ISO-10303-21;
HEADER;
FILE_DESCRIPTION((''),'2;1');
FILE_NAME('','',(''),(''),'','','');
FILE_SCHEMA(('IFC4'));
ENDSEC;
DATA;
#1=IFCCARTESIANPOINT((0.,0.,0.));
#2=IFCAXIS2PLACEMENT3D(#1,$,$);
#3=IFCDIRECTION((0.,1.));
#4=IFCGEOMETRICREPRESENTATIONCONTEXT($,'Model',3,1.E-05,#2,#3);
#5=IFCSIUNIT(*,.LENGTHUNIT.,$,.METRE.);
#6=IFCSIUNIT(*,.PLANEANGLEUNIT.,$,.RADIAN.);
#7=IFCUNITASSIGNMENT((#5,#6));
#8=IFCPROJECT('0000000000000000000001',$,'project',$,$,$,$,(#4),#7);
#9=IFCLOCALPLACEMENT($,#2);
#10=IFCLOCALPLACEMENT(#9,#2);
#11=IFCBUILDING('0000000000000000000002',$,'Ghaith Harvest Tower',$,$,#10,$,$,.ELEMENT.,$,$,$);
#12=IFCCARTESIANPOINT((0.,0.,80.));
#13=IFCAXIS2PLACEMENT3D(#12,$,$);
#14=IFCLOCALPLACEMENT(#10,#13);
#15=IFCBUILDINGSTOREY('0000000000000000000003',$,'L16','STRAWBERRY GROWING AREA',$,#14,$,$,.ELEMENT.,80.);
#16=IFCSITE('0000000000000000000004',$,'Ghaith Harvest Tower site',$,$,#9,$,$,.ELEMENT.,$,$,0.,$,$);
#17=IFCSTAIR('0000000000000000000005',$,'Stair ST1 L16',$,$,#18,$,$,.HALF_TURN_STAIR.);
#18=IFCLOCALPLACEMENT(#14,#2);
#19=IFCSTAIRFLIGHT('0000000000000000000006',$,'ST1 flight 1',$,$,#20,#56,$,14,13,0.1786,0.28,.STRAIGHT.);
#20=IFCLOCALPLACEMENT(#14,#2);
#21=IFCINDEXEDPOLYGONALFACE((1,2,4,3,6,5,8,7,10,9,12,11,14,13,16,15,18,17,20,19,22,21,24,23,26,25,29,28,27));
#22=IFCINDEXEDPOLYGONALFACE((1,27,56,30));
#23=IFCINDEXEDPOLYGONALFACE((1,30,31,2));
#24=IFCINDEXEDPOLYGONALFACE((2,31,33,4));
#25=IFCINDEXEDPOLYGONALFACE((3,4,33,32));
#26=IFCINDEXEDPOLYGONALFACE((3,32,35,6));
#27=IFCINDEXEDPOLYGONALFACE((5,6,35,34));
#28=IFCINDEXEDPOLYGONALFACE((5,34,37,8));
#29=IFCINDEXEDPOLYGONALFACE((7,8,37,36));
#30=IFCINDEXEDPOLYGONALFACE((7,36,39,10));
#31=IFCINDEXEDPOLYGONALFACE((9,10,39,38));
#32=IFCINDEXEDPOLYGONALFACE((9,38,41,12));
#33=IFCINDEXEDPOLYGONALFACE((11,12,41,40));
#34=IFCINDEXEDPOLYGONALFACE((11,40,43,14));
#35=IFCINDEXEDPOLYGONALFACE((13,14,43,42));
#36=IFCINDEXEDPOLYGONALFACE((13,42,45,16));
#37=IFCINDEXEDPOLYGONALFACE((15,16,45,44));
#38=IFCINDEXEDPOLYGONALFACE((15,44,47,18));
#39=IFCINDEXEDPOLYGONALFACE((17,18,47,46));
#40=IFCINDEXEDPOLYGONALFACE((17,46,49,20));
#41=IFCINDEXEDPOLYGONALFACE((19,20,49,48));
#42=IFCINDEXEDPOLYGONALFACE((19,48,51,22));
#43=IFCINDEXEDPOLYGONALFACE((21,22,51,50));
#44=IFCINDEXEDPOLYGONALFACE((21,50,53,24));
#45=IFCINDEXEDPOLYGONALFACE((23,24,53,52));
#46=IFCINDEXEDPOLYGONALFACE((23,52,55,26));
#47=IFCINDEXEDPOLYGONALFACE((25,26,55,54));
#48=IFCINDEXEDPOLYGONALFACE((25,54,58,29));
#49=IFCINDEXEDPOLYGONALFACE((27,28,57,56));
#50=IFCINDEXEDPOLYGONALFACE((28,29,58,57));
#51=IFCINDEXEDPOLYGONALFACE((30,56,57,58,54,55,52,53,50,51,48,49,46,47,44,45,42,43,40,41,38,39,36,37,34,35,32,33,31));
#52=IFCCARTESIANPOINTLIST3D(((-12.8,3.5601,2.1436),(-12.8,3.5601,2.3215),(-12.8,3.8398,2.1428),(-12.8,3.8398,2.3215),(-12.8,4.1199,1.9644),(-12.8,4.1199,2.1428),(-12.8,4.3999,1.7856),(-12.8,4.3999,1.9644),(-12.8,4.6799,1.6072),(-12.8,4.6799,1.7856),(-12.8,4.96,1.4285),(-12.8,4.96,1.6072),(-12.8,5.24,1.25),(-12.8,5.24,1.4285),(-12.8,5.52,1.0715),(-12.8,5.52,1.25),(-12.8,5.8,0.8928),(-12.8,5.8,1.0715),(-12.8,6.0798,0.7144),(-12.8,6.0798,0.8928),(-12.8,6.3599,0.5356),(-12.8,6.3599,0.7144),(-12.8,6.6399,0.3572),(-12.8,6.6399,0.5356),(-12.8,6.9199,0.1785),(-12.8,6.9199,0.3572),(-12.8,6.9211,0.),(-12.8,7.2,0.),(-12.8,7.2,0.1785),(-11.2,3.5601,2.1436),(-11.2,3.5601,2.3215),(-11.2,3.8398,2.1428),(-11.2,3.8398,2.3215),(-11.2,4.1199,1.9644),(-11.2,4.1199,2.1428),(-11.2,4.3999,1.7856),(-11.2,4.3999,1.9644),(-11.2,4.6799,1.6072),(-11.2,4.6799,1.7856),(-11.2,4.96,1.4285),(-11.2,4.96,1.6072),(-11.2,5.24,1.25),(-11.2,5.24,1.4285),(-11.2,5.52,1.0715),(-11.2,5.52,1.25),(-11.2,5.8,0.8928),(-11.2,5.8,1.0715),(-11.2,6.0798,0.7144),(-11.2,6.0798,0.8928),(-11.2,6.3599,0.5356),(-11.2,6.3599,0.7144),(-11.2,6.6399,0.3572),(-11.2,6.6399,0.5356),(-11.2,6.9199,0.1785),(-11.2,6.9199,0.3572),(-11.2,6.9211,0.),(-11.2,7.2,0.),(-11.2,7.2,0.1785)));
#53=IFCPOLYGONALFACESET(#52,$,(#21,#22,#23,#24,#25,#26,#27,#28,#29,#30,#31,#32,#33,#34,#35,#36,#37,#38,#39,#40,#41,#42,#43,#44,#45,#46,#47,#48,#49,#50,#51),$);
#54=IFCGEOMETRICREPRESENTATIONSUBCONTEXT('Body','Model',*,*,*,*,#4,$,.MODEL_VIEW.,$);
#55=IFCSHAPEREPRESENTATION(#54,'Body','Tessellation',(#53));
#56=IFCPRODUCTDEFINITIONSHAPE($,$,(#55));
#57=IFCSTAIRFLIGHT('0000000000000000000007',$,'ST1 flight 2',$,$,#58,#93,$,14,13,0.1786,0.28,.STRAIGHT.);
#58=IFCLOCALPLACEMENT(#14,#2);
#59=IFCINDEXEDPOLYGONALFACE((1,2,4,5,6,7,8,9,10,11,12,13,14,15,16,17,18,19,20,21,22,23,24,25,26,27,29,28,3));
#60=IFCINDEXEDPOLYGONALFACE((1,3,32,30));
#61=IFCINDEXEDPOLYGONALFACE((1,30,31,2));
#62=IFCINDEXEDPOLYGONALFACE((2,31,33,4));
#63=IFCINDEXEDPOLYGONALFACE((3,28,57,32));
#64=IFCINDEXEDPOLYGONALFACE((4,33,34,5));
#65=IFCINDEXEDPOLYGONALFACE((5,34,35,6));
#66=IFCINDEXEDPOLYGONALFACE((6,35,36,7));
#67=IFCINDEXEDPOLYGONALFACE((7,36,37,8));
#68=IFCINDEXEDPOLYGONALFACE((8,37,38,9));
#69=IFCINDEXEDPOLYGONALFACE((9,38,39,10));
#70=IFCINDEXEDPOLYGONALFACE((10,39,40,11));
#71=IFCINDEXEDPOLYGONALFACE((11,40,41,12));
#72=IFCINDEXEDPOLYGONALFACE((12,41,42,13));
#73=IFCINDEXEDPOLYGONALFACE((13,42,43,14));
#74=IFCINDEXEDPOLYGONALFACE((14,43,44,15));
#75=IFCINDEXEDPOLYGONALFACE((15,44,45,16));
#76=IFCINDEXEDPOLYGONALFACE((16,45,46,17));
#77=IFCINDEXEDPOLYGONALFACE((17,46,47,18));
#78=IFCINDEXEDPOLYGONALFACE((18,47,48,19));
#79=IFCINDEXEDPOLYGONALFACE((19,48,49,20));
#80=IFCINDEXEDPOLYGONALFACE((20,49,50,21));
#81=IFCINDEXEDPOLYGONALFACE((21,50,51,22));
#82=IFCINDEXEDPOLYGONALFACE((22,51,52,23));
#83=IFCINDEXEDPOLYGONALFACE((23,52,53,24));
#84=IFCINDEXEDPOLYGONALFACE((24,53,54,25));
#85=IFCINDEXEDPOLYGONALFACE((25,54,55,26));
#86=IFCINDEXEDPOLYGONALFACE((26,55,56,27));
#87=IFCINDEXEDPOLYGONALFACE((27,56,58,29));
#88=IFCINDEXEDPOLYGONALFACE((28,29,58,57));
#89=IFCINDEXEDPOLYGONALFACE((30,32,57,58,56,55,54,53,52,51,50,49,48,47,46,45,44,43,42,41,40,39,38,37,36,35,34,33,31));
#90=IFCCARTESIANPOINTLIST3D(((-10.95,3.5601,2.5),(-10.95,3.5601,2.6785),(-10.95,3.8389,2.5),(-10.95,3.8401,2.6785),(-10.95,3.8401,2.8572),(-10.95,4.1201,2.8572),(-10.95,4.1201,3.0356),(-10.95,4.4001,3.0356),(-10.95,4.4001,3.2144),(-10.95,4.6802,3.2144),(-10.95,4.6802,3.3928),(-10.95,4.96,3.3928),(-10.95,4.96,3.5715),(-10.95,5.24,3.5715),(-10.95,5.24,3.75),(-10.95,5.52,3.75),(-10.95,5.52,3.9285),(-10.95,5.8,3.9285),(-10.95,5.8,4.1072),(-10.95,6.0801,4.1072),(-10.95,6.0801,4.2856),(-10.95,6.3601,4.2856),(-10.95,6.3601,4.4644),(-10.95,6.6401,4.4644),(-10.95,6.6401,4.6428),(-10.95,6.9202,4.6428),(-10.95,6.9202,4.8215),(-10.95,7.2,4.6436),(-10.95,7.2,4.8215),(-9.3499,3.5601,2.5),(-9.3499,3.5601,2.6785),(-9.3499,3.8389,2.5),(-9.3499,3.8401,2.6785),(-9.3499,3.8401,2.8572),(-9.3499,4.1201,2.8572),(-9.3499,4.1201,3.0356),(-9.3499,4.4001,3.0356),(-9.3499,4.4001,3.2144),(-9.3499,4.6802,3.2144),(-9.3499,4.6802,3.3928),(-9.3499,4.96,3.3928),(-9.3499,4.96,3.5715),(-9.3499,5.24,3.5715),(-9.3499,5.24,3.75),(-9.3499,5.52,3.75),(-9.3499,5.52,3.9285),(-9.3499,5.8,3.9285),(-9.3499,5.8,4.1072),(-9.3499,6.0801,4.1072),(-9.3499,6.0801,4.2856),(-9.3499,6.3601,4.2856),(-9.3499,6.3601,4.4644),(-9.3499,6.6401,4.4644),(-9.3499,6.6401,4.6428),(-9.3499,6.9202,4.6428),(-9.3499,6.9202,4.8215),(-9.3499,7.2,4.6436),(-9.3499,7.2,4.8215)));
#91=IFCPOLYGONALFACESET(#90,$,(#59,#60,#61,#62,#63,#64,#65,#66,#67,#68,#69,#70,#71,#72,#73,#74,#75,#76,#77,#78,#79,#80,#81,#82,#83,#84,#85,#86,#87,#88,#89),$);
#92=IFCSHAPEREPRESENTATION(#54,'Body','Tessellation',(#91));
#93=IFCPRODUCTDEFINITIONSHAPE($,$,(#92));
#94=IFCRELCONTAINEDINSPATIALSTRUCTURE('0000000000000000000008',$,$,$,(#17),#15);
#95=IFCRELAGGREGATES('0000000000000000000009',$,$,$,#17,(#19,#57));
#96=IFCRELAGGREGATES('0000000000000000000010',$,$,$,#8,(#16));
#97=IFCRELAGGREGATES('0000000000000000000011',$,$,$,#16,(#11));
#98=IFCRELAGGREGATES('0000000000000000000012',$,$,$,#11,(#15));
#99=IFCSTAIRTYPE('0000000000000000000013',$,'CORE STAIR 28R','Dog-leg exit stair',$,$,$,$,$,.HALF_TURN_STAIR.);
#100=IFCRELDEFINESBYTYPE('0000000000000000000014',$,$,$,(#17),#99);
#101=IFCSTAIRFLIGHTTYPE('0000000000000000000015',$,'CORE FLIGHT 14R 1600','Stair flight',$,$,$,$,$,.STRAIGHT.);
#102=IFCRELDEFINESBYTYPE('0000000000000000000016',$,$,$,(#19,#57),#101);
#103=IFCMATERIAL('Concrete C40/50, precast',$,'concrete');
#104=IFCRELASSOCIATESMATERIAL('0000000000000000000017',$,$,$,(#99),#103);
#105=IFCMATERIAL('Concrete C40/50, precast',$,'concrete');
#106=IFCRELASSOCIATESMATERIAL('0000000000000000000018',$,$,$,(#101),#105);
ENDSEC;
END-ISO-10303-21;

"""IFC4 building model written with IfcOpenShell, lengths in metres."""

from ifc_helpers import new_model, si_unit, direction, frame, origin, place, context, subcontext, project, spatial, polyline, outline, extrude, material, type_object, element, aggregate, save


model = new_model("IFC4")

# Units and contexts
model_context = context("Model", 3, precision=1e-05, world=origin(), true_north=direction((0.0, 1.0)))
body_context = subcontext(model_context, "Body", "Model", "MODEL_VIEW")
ifc_project = project(units=[si_unit("LENGTHUNIT", "METRE"), si_unit("PLANEANGLEUNIT", "RADIAN")], contexts=[model_context])

# Site, building, storey
site_placement = place(None, origin())
site = spatial("IfcSite", under=ifc_project, at=site_placement, Name="Ghaith Harvest Tower site", CompositionType="ELEMENT", RefElevation=0.0)
building_placement = place(site_placement, origin())
building = spatial("IfcBuilding", under=site, at=building_placement, Name="Ghaith Harvest Tower", CompositionType="ELEMENT")
storey_placement = place(building_placement, frame((0.0, 0.0, 80.0)))
storey = spatial("IfcBuildingStorey", under=building, at=storey_placement, Name="L16", Description="STRAWBERRY GROWING AREA", CompositionType="ELEMENT", Elevation=80.0)

# Stair, stair flights
ifc_material_1 = material(Name="Concrete C40/50, precast", Category="concrete")
stair_type = type_object("IfcStairType", Name="CORE STAIR 28R", Description="Dog-leg exit stair", PredefinedType="HALF_TURN_STAIR", material=ifc_material_1)
stair_placement = place(storey_placement, origin())
stair = element("IfcStair", 1, at=stair_placement, inside=storey, type_object=stair_type, Name="Stair ST1 L16", PredefinedType="HALF_TURN_STAIR")
ifc_material_2 = material(Name="Concrete C40/50, precast", Category="concrete")
stair_flight_type = type_object("IfcStairFlightType", Name="CORE FLIGHT 14R 1600", Description="Stair flight", PredefinedType="STRAIGHT", material=ifc_material_2)
stair_flight_1_placement = place(storey_placement, frame((-12.0, 7.2, 0.0), z_axis=(0.0, 0.0, 1.0), x_axis=(0.0, -1.0, 0.0)))
stair_flight_1 = element("IfcStairFlight", 2, at=stair_flight_1_placement, type_object=stair_flight_type, Name="ST1 flight 1", NumberOfRisers=14, NumberOfTreads=13, PredefinedType="STRAIGHT", RiserHeight=0.1786, TreadLength=0.28, context=body_context, shape_type="SweptSolid", body=[
    extrude(outline(polyline([(0.0, 0.0), (0.0, 0.1785), (0.28, 0.1785), (0.28, 0.3572), (0.5601, 0.3572), (0.5601, 0.5356), (0.8401, 0.5356), (0.8401, 0.7144), (1.1201, 0.7144), (1.1201, 0.8928), (1.3999, 0.8928), (1.3999, 1.0715), (1.6799, 1.0715), (1.6799, 1.25), (1.96, 1.25), (1.96, 1.4285), (2.24, 1.4285), (2.24, 1.6072), (2.52, 1.6072), (2.52, 1.7856), (2.8, 1.7856), (2.8, 1.9644), (3.0801, 1.9644), (3.0801, 2.1428), (3.3601, 2.1428), (3.3601, 2.3215), (3.6399, 2.3215), (3.6399, 2.5), (3.6399, 2.1436), (0.2788, 0.0), (0.0, 0.0)])), frame((0.0, 0.8, 0.0), z_axis=(0.0, -1.0, 0.0), x_axis=(1.0, 0.0, 0.0)), (0.0, 0.0, 1.0), 1.6001),
])
stair_flight_2_placement = place(storey_placement, frame((-10.1499, 3.5601, 2.5), z_axis=(0.0, 0.0, 1.0), x_axis=(0.0, 1.0, 0.0)))
stair_flight_2 = element("IfcStairFlight", 3, at=stair_flight_2_placement, type_object=stair_flight_type, Name="ST1 flight 2", NumberOfRisers=14, NumberOfTreads=13, PredefinedType="STRAIGHT", RiserHeight=0.1786, TreadLength=0.28, context=body_context, shape_type="SweptSolid", body=[
    extrude(outline(polyline([(0.0, 0.0), (0.0, 0.1785), (0.28, 0.1785), (0.28, 0.3572), (0.5601, 0.3572), (0.5601, 0.5356), (0.8401, 0.5356), (0.8401, 0.7144), (1.1201, 0.7144), (1.1201, 0.8928), (1.3999, 0.8928), (1.3999, 1.0715), (1.6799, 1.0715), (1.6799, 1.25), (1.96, 1.25), (1.96, 1.4285), (2.24, 1.4285), (2.24, 1.6072), (2.52, 1.6072), (2.52, 1.7856), (2.8, 1.7856), (2.8, 1.9644), (3.0801, 1.9644), (3.0801, 2.1428), (3.3601, 2.1428), (3.3601, 2.3215), (3.6399, 2.3215), (3.6399, 2.5), (3.6399, 2.1436), (0.2788, 0.0), (0.0, 0.0)])), frame((0.0, 0.8, 0.0), z_axis=(0.0, -1.0, 0.0), x_axis=(1.0, 0.0, 0.0)), (0.0, 0.0, 1.0), 1.6001),
])
aggregate(stair, [stair_flight_1, stair_flight_2])

save(model, "model.ifc")
